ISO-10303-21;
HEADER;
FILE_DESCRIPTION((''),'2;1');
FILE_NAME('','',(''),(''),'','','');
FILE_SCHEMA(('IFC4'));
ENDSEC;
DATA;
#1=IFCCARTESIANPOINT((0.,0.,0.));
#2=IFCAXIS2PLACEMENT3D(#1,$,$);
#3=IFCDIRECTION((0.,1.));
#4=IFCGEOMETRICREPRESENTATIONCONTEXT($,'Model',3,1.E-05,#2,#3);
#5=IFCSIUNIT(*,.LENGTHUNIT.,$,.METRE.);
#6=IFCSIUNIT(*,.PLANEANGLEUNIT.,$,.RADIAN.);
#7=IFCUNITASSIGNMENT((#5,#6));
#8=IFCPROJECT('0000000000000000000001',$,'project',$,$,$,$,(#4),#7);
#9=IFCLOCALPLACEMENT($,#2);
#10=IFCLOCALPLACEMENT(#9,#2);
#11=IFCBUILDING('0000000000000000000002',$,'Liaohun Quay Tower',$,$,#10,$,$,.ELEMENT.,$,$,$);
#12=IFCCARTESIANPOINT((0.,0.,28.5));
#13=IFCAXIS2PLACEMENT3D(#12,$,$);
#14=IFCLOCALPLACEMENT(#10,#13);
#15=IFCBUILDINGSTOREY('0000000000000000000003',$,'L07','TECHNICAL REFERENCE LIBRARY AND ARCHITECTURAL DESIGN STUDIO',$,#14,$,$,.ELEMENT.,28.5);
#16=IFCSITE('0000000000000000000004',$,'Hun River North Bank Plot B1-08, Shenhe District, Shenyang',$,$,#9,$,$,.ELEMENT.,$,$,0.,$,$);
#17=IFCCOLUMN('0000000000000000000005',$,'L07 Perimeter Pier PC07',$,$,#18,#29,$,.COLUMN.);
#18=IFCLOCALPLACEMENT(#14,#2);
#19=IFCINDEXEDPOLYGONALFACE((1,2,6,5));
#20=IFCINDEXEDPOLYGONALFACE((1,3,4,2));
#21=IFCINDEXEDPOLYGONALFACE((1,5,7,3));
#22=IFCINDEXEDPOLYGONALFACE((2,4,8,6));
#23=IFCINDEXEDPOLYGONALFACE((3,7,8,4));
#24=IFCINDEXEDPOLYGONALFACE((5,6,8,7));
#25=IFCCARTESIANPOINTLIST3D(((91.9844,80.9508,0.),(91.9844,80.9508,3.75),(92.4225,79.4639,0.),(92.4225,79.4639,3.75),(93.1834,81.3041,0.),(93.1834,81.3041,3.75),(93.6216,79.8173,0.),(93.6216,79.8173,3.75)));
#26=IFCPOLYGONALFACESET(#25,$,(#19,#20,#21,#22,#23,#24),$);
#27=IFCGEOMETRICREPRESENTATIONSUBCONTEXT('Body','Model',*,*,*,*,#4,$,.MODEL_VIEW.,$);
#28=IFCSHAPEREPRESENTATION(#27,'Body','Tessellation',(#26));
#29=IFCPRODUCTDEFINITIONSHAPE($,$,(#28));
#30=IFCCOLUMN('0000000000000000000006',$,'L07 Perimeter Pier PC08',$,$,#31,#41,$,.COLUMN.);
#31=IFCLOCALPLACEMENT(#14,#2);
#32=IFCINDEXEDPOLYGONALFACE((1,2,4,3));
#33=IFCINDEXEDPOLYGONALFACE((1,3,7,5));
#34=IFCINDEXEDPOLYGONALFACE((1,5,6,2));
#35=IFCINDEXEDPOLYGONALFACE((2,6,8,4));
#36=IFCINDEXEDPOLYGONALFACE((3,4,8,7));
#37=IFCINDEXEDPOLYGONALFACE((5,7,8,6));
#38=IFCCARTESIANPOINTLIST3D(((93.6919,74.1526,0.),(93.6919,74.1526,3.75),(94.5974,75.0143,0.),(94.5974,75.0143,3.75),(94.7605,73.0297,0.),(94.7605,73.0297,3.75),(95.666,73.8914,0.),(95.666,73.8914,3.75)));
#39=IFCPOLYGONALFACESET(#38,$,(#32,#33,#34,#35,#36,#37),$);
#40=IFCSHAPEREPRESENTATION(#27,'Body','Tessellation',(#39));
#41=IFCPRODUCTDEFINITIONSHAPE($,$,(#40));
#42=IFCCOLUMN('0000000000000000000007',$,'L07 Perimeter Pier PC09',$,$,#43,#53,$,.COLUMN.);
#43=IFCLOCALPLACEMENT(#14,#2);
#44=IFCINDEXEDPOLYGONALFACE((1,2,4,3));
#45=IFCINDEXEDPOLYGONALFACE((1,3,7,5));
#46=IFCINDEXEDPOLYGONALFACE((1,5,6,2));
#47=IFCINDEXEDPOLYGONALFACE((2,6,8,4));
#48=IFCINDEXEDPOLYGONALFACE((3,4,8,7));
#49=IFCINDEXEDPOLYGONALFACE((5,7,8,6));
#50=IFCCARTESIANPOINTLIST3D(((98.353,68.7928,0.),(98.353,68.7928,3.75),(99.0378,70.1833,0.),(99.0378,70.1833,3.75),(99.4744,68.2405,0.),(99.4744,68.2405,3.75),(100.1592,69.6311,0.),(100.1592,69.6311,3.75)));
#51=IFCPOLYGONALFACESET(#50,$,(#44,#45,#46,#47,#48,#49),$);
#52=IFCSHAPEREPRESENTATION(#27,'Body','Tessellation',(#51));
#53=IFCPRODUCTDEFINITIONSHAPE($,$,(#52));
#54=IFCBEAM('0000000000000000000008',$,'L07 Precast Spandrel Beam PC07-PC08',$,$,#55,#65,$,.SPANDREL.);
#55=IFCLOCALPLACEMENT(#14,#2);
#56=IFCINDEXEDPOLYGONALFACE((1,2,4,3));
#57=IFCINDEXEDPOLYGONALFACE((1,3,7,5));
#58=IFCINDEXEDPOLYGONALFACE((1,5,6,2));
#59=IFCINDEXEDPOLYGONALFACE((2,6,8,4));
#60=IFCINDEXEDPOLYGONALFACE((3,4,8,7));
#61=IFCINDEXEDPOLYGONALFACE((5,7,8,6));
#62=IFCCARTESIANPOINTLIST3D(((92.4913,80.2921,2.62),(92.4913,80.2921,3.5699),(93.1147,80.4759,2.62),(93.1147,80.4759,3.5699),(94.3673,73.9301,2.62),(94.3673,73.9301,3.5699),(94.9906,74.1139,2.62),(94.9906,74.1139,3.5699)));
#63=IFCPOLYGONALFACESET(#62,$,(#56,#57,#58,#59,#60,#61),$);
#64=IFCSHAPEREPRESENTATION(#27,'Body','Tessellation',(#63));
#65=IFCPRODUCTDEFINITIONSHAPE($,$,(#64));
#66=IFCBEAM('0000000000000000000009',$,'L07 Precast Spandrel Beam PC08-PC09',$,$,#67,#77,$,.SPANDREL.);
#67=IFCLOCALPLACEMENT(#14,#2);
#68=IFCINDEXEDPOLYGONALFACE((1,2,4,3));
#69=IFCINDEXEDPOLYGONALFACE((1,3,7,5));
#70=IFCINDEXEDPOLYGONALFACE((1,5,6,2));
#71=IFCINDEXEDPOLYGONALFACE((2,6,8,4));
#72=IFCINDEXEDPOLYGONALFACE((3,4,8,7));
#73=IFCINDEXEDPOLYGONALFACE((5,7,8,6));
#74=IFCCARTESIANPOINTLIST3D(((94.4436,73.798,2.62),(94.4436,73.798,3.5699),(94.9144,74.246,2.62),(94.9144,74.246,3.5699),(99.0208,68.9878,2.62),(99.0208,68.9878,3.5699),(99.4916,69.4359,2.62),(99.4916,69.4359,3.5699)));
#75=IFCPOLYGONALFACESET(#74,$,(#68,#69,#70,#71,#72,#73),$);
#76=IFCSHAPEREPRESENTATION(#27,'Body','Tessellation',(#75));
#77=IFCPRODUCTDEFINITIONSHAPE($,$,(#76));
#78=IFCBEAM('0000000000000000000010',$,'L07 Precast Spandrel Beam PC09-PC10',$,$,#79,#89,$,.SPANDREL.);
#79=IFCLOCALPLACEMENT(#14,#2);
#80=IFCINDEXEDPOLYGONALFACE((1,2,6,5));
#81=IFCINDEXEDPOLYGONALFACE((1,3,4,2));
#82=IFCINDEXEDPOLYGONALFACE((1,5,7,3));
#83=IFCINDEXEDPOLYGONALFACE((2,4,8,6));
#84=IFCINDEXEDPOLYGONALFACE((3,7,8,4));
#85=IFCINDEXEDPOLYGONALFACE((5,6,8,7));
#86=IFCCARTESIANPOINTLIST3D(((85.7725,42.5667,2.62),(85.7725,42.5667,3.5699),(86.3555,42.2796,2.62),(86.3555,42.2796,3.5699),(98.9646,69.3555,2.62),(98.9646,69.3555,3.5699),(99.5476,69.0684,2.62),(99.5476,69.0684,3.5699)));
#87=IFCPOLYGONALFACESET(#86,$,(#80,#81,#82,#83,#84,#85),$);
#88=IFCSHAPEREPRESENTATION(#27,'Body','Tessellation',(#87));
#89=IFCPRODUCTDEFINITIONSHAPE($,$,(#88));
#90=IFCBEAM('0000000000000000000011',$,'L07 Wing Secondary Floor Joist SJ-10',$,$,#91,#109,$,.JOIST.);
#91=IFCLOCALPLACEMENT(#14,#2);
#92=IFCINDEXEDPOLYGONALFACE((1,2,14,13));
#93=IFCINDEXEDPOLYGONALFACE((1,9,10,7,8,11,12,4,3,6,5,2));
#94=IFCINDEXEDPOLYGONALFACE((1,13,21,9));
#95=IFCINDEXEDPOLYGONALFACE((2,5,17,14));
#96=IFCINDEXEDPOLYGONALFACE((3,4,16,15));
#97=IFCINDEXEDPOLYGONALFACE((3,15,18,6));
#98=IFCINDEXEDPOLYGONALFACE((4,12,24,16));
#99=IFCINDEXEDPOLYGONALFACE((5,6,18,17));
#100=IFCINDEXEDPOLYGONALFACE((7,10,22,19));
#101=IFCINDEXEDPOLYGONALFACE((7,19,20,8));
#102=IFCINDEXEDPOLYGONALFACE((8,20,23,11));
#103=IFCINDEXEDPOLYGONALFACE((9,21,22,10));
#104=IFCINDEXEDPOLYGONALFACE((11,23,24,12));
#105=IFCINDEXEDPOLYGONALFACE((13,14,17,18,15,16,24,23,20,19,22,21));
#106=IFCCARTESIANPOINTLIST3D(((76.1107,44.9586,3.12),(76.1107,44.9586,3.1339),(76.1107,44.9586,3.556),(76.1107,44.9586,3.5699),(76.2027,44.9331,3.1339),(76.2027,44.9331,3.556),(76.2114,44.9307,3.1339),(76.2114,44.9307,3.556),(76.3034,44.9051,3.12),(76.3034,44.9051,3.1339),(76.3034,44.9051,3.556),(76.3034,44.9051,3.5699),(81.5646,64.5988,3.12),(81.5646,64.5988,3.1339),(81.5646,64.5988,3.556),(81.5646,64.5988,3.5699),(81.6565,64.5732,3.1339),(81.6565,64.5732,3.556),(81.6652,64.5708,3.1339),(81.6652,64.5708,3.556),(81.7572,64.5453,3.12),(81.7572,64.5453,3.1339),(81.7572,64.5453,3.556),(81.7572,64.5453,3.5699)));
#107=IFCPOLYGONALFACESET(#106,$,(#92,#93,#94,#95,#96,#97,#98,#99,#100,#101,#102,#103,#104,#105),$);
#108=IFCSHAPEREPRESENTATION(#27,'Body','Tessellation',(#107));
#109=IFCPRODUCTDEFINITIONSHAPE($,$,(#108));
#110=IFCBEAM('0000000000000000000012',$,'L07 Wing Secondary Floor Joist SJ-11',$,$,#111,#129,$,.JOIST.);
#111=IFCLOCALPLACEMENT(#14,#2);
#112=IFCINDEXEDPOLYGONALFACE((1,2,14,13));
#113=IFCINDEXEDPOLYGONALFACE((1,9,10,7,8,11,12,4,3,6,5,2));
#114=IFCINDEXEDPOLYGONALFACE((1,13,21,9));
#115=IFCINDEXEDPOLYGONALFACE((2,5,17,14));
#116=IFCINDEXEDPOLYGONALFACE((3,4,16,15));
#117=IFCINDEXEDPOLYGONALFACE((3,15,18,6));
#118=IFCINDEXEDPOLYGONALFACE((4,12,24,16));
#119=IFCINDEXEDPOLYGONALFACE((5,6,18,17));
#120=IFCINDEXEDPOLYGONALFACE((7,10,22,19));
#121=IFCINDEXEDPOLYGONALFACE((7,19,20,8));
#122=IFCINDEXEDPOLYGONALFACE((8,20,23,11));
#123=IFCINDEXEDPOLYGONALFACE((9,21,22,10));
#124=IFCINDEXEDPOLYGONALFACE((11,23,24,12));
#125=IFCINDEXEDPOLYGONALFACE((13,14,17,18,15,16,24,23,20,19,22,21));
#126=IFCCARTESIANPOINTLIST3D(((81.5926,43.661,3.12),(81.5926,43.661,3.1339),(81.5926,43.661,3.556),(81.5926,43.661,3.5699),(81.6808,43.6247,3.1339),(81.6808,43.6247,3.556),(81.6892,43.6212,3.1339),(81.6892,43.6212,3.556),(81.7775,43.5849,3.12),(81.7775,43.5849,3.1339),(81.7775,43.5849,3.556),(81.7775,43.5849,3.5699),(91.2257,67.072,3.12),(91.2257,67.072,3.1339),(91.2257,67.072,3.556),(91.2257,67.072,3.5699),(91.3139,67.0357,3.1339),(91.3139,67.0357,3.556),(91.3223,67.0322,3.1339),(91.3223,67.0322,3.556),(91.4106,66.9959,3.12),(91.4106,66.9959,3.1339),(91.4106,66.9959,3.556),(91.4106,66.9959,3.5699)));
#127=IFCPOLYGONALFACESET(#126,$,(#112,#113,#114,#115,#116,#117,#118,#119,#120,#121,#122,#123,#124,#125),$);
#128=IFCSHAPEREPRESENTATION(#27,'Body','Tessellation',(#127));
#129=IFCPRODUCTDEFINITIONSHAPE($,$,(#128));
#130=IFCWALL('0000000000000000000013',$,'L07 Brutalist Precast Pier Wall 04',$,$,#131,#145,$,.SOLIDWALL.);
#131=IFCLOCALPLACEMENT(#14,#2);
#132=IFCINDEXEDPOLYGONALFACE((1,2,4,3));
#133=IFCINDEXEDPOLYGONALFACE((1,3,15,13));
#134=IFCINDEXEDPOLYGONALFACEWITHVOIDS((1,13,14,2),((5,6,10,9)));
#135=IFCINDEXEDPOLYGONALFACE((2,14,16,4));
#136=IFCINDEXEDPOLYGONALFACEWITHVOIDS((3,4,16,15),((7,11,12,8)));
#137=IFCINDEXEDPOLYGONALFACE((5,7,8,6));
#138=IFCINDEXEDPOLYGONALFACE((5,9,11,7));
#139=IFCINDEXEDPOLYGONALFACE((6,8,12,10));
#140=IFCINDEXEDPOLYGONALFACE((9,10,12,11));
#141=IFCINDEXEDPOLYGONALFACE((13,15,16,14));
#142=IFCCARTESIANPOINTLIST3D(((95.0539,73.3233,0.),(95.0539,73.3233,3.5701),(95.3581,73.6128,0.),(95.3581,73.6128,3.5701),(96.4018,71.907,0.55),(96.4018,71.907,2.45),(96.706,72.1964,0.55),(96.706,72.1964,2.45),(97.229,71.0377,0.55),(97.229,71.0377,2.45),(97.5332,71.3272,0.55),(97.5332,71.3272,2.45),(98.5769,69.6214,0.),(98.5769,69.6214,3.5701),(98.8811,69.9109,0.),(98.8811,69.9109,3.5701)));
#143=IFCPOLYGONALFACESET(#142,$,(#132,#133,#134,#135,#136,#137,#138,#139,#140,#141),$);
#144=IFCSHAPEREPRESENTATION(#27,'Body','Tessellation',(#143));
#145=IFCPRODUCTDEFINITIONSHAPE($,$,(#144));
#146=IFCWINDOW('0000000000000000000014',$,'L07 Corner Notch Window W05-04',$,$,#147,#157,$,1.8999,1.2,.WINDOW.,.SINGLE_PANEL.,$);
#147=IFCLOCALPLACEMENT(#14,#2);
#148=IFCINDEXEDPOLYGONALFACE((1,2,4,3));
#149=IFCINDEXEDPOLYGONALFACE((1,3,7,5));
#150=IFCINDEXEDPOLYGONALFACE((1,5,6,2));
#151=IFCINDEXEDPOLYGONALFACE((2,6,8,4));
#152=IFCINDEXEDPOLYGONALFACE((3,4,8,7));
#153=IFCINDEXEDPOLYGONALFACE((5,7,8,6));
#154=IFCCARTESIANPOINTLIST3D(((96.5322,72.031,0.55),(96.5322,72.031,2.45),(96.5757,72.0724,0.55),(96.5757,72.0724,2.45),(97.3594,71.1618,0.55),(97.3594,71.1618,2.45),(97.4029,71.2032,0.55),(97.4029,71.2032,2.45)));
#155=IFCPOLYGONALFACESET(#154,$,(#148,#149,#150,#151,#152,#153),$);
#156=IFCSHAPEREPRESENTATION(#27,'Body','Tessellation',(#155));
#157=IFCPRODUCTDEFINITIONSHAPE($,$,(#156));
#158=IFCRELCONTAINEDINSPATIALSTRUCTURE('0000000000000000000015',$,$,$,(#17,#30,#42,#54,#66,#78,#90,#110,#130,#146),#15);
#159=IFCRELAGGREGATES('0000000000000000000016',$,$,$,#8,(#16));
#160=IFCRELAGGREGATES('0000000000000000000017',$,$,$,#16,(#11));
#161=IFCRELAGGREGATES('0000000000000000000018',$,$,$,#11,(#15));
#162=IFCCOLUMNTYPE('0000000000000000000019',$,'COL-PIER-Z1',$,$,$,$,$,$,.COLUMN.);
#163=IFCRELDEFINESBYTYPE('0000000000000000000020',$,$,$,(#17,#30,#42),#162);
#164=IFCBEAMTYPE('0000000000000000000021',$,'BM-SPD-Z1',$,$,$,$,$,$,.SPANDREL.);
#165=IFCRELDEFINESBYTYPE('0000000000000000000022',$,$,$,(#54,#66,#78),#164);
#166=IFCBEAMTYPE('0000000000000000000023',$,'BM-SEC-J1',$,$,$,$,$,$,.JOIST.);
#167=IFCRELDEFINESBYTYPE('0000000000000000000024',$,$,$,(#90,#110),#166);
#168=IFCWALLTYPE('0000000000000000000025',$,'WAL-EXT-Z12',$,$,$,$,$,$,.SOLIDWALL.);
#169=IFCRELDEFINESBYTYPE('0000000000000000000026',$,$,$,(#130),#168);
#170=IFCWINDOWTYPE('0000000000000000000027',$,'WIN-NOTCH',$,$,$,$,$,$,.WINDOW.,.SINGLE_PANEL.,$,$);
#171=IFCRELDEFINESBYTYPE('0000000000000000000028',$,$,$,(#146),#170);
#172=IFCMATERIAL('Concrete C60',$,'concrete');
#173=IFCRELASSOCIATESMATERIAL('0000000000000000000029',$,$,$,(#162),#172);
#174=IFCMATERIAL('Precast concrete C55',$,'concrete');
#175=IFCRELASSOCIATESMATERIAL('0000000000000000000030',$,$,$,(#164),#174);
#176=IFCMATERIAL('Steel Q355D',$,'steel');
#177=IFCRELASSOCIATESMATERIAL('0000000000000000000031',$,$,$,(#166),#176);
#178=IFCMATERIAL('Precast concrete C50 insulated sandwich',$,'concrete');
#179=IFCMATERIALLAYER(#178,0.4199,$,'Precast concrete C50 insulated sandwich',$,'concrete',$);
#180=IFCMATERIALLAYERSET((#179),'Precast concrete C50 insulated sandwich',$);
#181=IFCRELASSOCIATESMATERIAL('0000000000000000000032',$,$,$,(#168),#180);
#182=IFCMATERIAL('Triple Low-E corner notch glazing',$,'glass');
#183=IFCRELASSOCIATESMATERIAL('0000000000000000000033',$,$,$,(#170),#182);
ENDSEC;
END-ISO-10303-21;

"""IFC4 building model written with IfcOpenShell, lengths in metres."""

from ifc_helpers import new_model, si_unit, direction, frame, frame_2d, origin, origin_2d, place, context, subcontext, project, spatial, rectangle, i_section, extrude, source, transform, mapped, material, layer, layer_set, material_profile, profile_set, type_object, element, fill, save


model = new_model("IFC4")

# Units and contexts
model_context = context("Model", 3, precision=1e-05, world=origin(), true_north=direction((0.0, 1.0)))
body_context = subcontext(model_context, "Body", "Model", "MODEL_VIEW")
ifc_project = project(units=[si_unit("LENGTHUNIT", "METRE"), si_unit("PLANEANGLEUNIT", "RADIAN")], contexts=[model_context])

# Site, building, storey
site_placement = place(None, origin())
site = spatial("IfcSite", under=ifc_project, at=site_placement, Name="Hun River North Bank Plot B1-08, Shenhe District, Shenyang", CompositionType="ELEMENT", RefElevation=0.0)
building_placement = place(site_placement, origin())
building = spatial("IfcBuilding", under=site, at=building_placement, Name="Liaohun Quay Tower", CompositionType="ELEMENT")
storey_placement = place(building_placement, frame((0.0, 0.0, 28.5)))
storey = spatial("IfcBuildingStorey", under=building, at=storey_placement, Name="L07", Description="TECHNICAL REFERENCE LIBRARY AND ARCHITECTURAL DESIGN STUDIO", CompositionType="ELEMENT", Elevation=28.5)

# Columns
ifc_material_1 = material(Name="Concrete C60", Category="concrete")
ifc_material_profile_1 = material_profile(ifc_material_1, rectangle(XDim=1.55, YDim=1.25, at=origin_2d()), Name="RC1550x1250")
ifc_profile_set_1 = profile_set([ifc_material_profile_1], Name="Concrete C60")
column_type = type_object("IfcColumnType", Name="COL-PIER-Z1", PredefinedType="COLUMN", material=ifc_profile_set_1)
shared_shape_1 = source(origin(), body_context, "Body", "SweptSolid", [
    extrude(rectangle(XDim=1.55, YDim=1.25, at=origin_2d()), origin(), (0.0, 0.0, 1.0), 3.75),
])
for number, where, z_axis, x_axis, name in (
    (1, (92.803, 80.384, 0.0), (0.0, 0.0, 1.0), (-0.282676, 0.959215, 0.0), "L07 Perimeter Pier PC07"),
    (2, (94.679, 74.022, 0.0), (0.0, 0.0, 1.0), (-0.689367, 0.724413, 0.0), "L07 Perimeter Pier PC08"),
    (3, (99.2561, 69.2119, 0.0), (0.0, 0.0, 1.0), (0.441819, 0.897104, 0.0), "L07 Perimeter Pier PC09"),
):
    element("IfcColumn", number, at=place(storey_placement, frame(where, z_axis=z_axis, x_axis=x_axis)), inside=storey, type_object=column_type, Name=name, PredefinedType="COLUMN", context=body_context, shape_type="MappedRepresentation", body=[
        mapped(shared_shape_1, transform((0.0, 0.0, 0.0), x_axis=(1.0, 0.0, 0.0), y_axis=(0.0, 1.0, 0.0), z_axis=(0.0, 0.0, 1.0), scale=1.0)),
    ])

# Beams
ifc_material_2 = material(Name="Precast concrete C55", Category="concrete")
ifc_material_profile_2 = material_profile(ifc_material_2, rectangle(XDim=0.6499, YDim=0.95, at=origin_2d()), Name="RC650x950")
ifc_profile_set_2 = profile_set([ifc_material_profile_2], Name="Precast concrete C55")
beam_type_1 = type_object("IfcBeamType", Name="BM-SPD-Z1", PredefinedType="SPANDREL", material=ifc_profile_set_2)
shared_shape_2 = source(origin(), body_context, "Body", "SweptSolid", [
    extrude(rectangle(XDim=0.6499, YDim=0.95, at=origin_2d()), origin(), (0.0, 0.0, 1.0), 6.6328),
])
beam_1_placement = place(storey_placement, frame((92.803, 80.384, 3.095), z_axis=(0.28283, -0.95917, 0.0), x_axis=(0.95917, 0.28283, 0.0)))
element("IfcBeam", 4, at=beam_1_placement, inside=storey, type_object=beam_type_1, Name="L07 Precast Spandrel Beam PC07-PC08", PredefinedType="SPANDREL", context=body_context, shape_type="MappedRepresentation", body=[
    mapped(shared_shape_2, transform((0.0, 0.0, 0.0), x_axis=(1.0, 0.0, 0.0), y_axis=(0.0, 1.0, 0.0), z_axis=(0.0, 0.0, 1.0), scale=1.0)),
])
shared_shape_3 = source(origin(), body_context, "Body", "SweptSolid", [
    extrude(rectangle(XDim=0.6499, YDim=0.95, at=origin_2d()), origin(), (0.0, 0.0, 1.0), 6.6399),
])
beam_2_placement = place(storey_placement, frame((94.679, 74.022, 3.095), z_axis=(0.68935, -0.724428, 0.0), x_axis=(0.724428, 0.68935, 0.0)))
element("IfcBeam", 5, at=beam_2_placement, inside=storey, type_object=beam_type_1, Name="L07 Precast Spandrel Beam PC08-PC09", PredefinedType="SPANDREL", context=body_context, shape_type="MappedRepresentation", body=[
    mapped(shared_shape_3, transform((0.0, 0.0, 0.0), x_axis=(1.0, 0.0, 0.0), y_axis=(0.0, 1.0, 0.0), z_axis=(0.0, 0.0, 1.0), scale=1.0)),
])
shared_shape_4 = source(origin(), body_context, "Body", "SweptSolid", [
    extrude(rectangle(XDim=0.6499, YDim=0.95, at=origin_2d()), origin(), (0.0, 0.0, 1.0), 29.8608),
])
beam_3_placement = place(storey_placement, frame((99.2561, 69.2119, 3.095), z_axis=(-0.441786, -0.89712, 0.0), x_axis=(0.89712, -0.441786, 0.0)))
element("IfcBeam", 6, at=beam_3_placement, inside=storey, type_object=beam_type_1, Name="L07 Precast Spandrel Beam PC09-PC10", PredefinedType="SPANDREL", context=body_context, shape_type="MappedRepresentation", body=[
    mapped(shared_shape_4, transform((0.0, 0.0, 0.0), x_axis=(1.0, 0.0, 0.0), y_axis=(0.0, 1.0, 0.0), z_axis=(0.0, 0.0, 1.0), scale=1.0)),
])
ifc_material_3 = material(Name="Steel Q355D", Category="steel")
ifc_material_profile_3 = material_profile(ifc_material_3, i_section(OverallWidth=0.2, OverallDepth=0.45, WebThickness=0.009, FlangeThickness=0.0139, at=origin_2d()), Name="HN450x200x9x14")
ifc_profile_set_3 = profile_set([ifc_material_profile_3], Name="Steel Q355D")
beam_type_2 = type_object("IfcBeamType", Name="BM-SEC-J1", PredefinedType="JOIST", material=ifc_profile_set_3)
shared_shape_5 = source(origin(), body_context, "Body", "SweptSolid", [
    extrude(i_section(OverallWidth=0.2, OverallDepth=0.45, WebThickness=0.009, FlangeThickness=0.0139, at=origin_2d()), origin(), (0.0, 0.0, 1.0), 20.3833),
])
beam_4_placement = place(storey_placement, frame((81.6609, 64.572, 3.345), z_axis=(-0.267565, -0.96354, 0.0), x_axis=(0.96354, -0.267565, 0.0)))
element("IfcBeam", 7, at=beam_4_placement, inside=storey, type_object=beam_type_2, Name="L07 Wing Secondary Floor Joist SJ-10", PredefinedType="JOIST", context=body_context, shape_type="MappedRepresentation", body=[
    mapped(shared_shape_5, transform((0.0, 0.0, 0.0), x_axis=(1.0, 0.0, 0.0), y_axis=(0.0, 1.0, 0.0), z_axis=(0.0, 0.0, 1.0), scale=1.0)),
])
shared_shape_6 = source(origin(), body_context, "Body", "SweptSolid", [
    extrude(i_section(OverallWidth=0.2, OverallDepth=0.45, WebThickness=0.009, FlangeThickness=0.0139, at=origin_2d()), origin(), (0.0, 0.0, 1.0), 25.3154),
])
beam_5_placement = place(storey_placement, frame((91.3181, 67.0339, 3.345), z_axis=(-0.380523, -0.924772, 0.0), x_axis=(0.924772, -0.380523, 0.0)))
element("IfcBeam", 8, at=beam_5_placement, inside=storey, type_object=beam_type_2, Name="L07 Wing Secondary Floor Joist SJ-11", PredefinedType="JOIST", context=body_context, shape_type="MappedRepresentation", body=[
    mapped(shared_shape_6, transform((0.0, 0.0, 0.0), x_axis=(1.0, 0.0, 0.0), y_axis=(0.0, 1.0, 0.0), z_axis=(0.0, 0.0, 1.0), scale=1.0)),
])

# Wall, opening, window
ifc_material_4 = material(Name="Precast concrete C50 insulated sandwich", Category="concrete")
ifc_layer_1 = layer(ifc_material_4, 0.4199, Name="Precast concrete C50 insulated sandwich", Category="concrete")
ifc_layer_set_1 = layer_set([ifc_layer_1], Name="Precast concrete C50 insulated sandwich")
wall_type_1 = type_object("IfcWallType", Name="WAL-EXT-Z12", PredefinedType="SOLIDWALL", material=ifc_layer_set_1)
wall_1_placement = place(storey_placement, frame((98.729, 69.7661, 0.0), z_axis=(0.0, 0.0, 1.0), x_axis=(-0.689381, 0.724399, 0.0)))
wall_1 = element("IfcWall", 9, at=wall_1_placement, inside=storey, type_object=wall_type_1, Name="L07 Brutalist Precast Pier Wall 04", PredefinedType="SOLIDWALL", context=body_context, shape_type="SweptSolid", body=[
    extrude(rectangle(XDim=5.1104, YDim=0.4199, at=frame_2d((2.5552, 0.0))), origin(), (0.0, 0.0, 1.0), 3.5701),
])
shared_shape_7 = source(origin(), body_context, "Body", "SweptSolid", [
    extrude(rectangle(XDim=1.2, YDim=1.8999, at=frame_2d((0.6001, 0.95))), frame((0.0, 0.22, 0.0), z_axis=(0.0, -1.0, 0.0), x_axis=(1.0, 0.0, 0.0)), (0.0, 0.0, 1.0), 0.4399),
])
opening_1_placement = place(wall_1_placement, frame((1.9551, 0.0, 0.55)))
opening_1 = element("IfcOpeningElement", 10, at=opening_1_placement, cuts=wall_1, PredefinedType="OPENING", context=body_context, shape_type="MappedRepresentation", body=[
    mapped(shared_shape_7, transform((0.0, 0.0, 0.0), x_axis=(1.0, 0.0, 0.0), y_axis=(0.0, 1.0, 0.0), z_axis=(0.0, 0.0, 1.0), scale=1.0)),
])
ifc_material_5 = material(Name="Triple Low-E corner notch glazing", Category="glass")
window_type_1 = type_object("IfcWindowType", Name="WIN-NOTCH", PartitioningType="SINGLE_PANEL", PredefinedType="WINDOW", material=ifc_material_5)
shared_shape_8 = source(origin(), body_context, "Body", "SweptSolid", [
    extrude(rectangle(XDim=1.2, YDim=1.8999, at=frame_2d((0.6001, 0.95))), frame((0.0, 0.03, 0.0), z_axis=(0.0, -1.0, 0.0), x_axis=(1.0, 0.0, 0.0)), (0.0, 0.0, 1.0), 0.0601),
])
window_1_placement = place(opening_1_placement, origin())
window_1 = element("IfcWindow", 11, at=window_1_placement, inside=storey, type_object=window_type_1, Name="L07 Corner Notch Window W05-04", OverallHeight=1.8999, OverallWidth=1.2, PartitioningType="SINGLE_PANEL", PredefinedType="WINDOW", context=body_context, shape_type="MappedRepresentation", body=[
    mapped(shared_shape_8, transform((0.0, 0.0, 0.0), x_axis=(1.0, 0.0, 0.0), y_axis=(0.0, 1.0, 0.0), z_axis=(0.0, 0.0, 1.0), scale=1.0)),
])
fill(opening_1, window_1)

save(model, "model.ifc")
